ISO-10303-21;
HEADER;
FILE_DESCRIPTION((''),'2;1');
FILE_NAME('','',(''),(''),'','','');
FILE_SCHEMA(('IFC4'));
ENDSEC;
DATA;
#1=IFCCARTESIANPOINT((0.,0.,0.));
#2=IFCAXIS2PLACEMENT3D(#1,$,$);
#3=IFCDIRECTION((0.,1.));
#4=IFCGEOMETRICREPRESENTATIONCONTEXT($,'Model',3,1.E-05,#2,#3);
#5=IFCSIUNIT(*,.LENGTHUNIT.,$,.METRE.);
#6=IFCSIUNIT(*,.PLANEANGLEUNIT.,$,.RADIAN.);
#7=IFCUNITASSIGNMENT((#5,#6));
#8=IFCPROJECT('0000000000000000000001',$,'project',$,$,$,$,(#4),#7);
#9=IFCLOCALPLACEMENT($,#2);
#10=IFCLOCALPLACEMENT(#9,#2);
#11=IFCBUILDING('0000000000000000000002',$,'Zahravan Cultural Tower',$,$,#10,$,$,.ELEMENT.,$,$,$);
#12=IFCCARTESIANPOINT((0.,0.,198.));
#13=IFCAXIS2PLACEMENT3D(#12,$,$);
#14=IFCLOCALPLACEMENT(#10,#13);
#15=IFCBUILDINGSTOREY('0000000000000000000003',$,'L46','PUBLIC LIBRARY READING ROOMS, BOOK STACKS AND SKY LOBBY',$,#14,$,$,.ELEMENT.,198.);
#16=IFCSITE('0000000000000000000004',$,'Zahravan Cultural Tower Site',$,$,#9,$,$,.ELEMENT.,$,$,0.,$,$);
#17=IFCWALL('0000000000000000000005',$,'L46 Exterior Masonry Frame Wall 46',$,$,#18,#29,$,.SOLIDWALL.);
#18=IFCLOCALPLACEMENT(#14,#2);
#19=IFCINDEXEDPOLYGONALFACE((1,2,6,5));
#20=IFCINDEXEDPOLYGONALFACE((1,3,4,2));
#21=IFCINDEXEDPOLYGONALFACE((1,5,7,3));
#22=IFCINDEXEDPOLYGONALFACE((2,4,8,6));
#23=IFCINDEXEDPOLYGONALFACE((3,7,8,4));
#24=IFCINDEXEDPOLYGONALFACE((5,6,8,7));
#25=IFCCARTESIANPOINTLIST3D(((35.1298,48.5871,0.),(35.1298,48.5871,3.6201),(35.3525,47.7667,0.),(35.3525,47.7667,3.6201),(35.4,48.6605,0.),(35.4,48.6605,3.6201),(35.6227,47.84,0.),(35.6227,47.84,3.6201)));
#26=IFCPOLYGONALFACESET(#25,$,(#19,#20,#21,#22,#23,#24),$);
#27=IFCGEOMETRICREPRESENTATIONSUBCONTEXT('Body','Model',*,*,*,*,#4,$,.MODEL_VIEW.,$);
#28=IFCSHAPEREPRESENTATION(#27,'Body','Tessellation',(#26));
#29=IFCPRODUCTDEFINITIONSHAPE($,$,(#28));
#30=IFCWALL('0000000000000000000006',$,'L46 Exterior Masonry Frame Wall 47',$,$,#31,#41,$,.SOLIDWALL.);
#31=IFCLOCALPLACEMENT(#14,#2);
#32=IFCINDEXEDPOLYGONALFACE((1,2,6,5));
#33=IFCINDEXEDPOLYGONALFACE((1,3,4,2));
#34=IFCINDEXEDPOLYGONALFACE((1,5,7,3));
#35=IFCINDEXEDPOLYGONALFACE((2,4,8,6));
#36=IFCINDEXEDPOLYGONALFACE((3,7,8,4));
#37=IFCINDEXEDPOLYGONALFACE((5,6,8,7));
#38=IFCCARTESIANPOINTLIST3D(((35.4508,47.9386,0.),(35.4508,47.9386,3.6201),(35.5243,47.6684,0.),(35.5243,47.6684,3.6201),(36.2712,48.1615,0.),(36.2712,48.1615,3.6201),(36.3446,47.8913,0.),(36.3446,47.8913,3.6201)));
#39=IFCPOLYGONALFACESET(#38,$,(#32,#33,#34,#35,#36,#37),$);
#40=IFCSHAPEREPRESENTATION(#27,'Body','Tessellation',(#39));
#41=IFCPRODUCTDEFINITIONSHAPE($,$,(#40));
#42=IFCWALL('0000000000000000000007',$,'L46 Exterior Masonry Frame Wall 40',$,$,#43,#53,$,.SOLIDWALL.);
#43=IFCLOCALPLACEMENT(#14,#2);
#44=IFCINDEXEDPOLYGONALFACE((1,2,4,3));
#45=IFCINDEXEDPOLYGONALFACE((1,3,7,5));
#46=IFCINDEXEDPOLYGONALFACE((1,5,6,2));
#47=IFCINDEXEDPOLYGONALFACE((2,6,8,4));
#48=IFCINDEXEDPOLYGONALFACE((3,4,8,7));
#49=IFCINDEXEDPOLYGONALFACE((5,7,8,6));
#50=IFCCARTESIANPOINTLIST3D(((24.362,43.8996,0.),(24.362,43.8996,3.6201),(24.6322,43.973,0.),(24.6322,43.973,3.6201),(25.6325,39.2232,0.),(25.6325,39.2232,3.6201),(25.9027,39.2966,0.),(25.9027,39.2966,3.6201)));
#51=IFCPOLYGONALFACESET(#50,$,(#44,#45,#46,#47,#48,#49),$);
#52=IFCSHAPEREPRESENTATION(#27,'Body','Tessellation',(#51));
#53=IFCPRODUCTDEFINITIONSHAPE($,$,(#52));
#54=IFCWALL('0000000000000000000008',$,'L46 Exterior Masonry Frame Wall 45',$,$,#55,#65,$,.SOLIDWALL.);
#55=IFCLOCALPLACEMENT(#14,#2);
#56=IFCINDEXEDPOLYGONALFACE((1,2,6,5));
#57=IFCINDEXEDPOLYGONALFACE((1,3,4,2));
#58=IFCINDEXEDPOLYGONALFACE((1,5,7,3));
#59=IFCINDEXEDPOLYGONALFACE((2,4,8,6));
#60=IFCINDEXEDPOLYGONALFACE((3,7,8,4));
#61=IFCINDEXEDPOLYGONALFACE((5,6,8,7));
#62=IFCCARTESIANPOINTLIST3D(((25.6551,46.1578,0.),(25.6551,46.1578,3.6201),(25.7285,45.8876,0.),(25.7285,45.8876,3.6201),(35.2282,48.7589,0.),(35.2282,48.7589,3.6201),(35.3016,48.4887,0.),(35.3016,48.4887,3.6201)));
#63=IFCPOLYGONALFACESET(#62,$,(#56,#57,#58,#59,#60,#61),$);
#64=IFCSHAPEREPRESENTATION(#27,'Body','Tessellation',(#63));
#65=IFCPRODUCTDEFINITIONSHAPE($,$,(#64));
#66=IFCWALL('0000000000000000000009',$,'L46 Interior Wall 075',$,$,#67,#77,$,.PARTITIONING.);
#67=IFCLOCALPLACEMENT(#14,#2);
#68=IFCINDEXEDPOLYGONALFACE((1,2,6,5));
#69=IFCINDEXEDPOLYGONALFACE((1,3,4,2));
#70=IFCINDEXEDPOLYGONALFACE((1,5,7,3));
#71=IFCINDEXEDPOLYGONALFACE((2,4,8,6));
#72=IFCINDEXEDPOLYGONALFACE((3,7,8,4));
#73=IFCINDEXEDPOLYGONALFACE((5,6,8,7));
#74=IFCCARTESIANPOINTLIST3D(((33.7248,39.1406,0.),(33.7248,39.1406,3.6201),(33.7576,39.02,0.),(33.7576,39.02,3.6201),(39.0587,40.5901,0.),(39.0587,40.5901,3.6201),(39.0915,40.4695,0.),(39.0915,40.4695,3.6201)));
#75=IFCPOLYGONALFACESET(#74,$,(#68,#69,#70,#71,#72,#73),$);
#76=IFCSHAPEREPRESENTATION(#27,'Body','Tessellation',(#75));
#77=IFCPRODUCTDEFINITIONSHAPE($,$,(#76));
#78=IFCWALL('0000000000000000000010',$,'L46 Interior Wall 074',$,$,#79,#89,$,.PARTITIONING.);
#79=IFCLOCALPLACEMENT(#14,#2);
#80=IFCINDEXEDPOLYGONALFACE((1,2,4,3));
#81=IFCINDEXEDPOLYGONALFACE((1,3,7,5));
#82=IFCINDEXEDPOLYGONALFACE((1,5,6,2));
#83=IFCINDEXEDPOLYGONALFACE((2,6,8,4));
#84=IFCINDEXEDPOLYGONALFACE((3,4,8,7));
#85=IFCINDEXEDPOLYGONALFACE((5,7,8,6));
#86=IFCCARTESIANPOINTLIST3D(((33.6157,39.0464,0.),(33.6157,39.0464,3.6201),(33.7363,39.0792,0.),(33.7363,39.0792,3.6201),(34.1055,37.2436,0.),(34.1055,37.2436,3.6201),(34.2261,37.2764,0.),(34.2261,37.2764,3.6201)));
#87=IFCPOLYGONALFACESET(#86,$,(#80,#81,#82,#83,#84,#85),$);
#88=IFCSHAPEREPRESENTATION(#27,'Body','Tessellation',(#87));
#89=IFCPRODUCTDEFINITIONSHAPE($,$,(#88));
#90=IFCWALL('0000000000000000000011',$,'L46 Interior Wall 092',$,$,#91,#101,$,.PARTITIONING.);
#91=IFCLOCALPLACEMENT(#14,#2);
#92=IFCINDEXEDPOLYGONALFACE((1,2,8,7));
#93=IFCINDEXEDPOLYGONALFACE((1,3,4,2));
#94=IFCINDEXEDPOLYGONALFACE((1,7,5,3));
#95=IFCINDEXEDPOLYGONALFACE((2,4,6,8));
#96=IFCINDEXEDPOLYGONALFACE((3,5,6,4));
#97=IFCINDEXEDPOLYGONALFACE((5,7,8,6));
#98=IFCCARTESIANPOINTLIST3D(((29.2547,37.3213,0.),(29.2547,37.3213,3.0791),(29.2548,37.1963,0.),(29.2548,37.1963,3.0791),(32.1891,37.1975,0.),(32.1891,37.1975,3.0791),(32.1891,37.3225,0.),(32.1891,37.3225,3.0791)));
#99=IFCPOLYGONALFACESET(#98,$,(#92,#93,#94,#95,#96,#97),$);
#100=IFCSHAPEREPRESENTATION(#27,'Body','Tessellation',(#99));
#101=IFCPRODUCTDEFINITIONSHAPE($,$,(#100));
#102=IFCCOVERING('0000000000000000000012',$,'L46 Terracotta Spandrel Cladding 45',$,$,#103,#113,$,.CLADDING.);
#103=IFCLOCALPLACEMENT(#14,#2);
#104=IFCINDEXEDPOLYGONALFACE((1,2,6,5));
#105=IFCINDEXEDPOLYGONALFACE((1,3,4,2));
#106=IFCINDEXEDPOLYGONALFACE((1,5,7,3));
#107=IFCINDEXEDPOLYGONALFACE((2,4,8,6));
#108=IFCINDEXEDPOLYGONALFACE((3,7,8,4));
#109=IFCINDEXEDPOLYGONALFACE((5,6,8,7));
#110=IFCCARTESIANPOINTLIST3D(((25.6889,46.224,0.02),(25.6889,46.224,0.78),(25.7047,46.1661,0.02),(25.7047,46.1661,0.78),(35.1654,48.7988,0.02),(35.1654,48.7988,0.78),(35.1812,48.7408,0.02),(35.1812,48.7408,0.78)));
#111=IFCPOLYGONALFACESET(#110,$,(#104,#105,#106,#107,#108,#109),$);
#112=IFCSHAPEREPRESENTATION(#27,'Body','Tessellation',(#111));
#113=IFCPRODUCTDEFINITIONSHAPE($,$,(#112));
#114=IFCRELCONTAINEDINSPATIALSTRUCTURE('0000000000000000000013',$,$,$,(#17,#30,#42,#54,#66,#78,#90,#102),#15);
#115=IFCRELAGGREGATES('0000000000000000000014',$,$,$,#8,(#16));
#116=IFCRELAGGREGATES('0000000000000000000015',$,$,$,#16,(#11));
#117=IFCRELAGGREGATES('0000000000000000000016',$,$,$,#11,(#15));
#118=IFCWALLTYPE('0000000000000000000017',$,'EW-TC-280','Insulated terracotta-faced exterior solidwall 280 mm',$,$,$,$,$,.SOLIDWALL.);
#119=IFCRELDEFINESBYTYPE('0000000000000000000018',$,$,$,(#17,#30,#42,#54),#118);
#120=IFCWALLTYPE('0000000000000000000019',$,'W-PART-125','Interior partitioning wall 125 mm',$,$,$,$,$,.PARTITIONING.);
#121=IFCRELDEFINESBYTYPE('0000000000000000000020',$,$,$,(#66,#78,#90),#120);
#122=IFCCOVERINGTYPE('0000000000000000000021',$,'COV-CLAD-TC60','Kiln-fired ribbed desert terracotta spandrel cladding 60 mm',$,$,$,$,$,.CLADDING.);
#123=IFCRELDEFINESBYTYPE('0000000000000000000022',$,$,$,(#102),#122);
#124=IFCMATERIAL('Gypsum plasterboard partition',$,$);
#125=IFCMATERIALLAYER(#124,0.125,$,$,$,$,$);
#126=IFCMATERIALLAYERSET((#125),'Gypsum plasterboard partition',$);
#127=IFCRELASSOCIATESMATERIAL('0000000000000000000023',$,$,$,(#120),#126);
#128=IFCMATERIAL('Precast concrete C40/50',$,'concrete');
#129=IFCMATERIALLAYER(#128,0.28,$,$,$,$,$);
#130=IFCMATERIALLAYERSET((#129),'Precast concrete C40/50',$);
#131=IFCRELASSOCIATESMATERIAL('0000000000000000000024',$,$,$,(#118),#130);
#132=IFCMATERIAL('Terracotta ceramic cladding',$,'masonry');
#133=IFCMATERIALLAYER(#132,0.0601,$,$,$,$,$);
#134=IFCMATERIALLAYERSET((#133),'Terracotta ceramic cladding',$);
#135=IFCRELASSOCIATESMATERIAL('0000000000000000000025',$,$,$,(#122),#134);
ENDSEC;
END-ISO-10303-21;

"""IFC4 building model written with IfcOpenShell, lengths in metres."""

from ifc_helpers import new_model, si_unit, direction, frame, frame_2d, origin, origin_2d, place, context, subcontext, project, spatial, rectangle, extrude, source, transform, mapped, material, layer, layer_set, type_object, element, save


model = new_model("IFC4")

# Units and contexts
model_context = context("Model", 3, precision=1e-05, world=origin(), true_north=direction((0.0, 1.0)))
body_context = subcontext(model_context, "Body", "Model", "MODEL_VIEW")
ifc_project = project(units=[si_unit("LENGTHUNIT", "METRE"), si_unit("PLANEANGLEUNIT", "RADIAN")], contexts=[model_context])

# Site, building, storey
site_placement = place(None, origin())
site = spatial("IfcSite", under=ifc_project, at=site_placement, Name="Zahravan Cultural Tower Site", CompositionType="ELEMENT", RefElevation=0.0)
building_placement = place(site_placement, origin())
building = spatial("IfcBuilding", under=site, at=building_placement, Name="Zahravan Cultural Tower", CompositionType="ELEMENT")
storey_placement = place(building_placement, frame((0.0, 0.0, 198.0)))
storey = spatial("IfcBuildingStorey", under=building, at=storey_placement, Name="L46", Description="PUBLIC LIBRARY READING ROOMS, BOOK STACKS AND SKY LOBBY", CompositionType="ELEMENT", Elevation=198.0)

# Shared definitions
ifc_material_1 = material(Name="Gypsum plasterboard partition")
ifc_layer_1 = layer(ifc_material_1, 0.125)
ifc_layer_set_1 = layer_set([ifc_layer_1], Name="Gypsum plasterboard partition")
wall_type_1 = type_object("IfcWallType", Name="W-PART-125", Description="Interior partitioning wall 125 mm", PredefinedType="PARTITIONING", material=ifc_layer_set_1)

# Walls
ifc_material_2 = material(Name="Precast concrete C40/50", Category="concrete")
ifc_layer_2 = layer(ifc_material_2, 0.28)
ifc_layer_set_2 = layer_set([ifc_layer_2], Name="Precast concrete C40/50")
wall_type_2 = type_object("IfcWallType", Name="EW-TC-280", Description="Insulated terracotta-faced exterior solidwall 280 mm", PredefinedType="SOLIDWALL", material=ifc_layer_set_2)
shared_shape_1 = source(origin(), body_context, "Body", "SweptSolid", [
    extrude(rectangle(XDim=0.8501, YDim=0.28, at=frame_2d((0.425, 0.0))), origin(), (0.0, 0.0, 1.0), 3.6201),
])
for number, where, z_axis, x_axis, name in (
    (1, (35.2649, 48.6238, 0.0), (0.0, 0.0, 1.0), (0.261951, -0.965081, 0.0), "L46 Exterior Masonry Frame Wall 46"),
    (2, (35.4875, 47.8035, 0.0), (0.0, 0.0, 1.0), (0.965009, 0.262218, 0.0), "L46 Exterior Masonry Frame Wall 47"),
):
    element("IfcWall", number, at=place(storey_placement, frame(where, z_axis=z_axis, x_axis=x_axis)), inside=storey, type_object=wall_type_2, Name=name, PredefinedType="SOLIDWALL", context=body_context, shape_type="MappedRepresentation", body=[
        mapped(shared_shape_1, transform((0.0, 0.0, 0.0), x_axis=(1.0, 0.0, 0.0), y_axis=(0.0, 1.0, 0.0), z_axis=(0.0, 0.0, 1.0), scale=1.0)),
    ])
shared_shape_2 = source(origin(), body_context, "Body", "SweptSolid", [
    extrude(rectangle(XDim=4.8459, YDim=0.28, at=frame_2d((2.4229, 0.0))), origin(), (0.0, 0.0, 1.0), 3.6201),
])
wall_1_placement = place(storey_placement, frame((25.7676, 39.26, 0.0), z_axis=(0.0, 0.0, 1.0), x_axis=(-0.262175, 0.96502, 0.0)))
element("IfcWall", 3, at=wall_1_placement, inside=storey, type_object=wall_type_2, Name="L46 Exterior Masonry Frame Wall 40", PredefinedType="SOLIDWALL", context=body_context, shape_type="MappedRepresentation", body=[
    mapped(shared_shape_2, transform((0.0, 0.0, 0.0), x_axis=(1.0, 0.0, 0.0), y_axis=(0.0, 1.0, 0.0), z_axis=(0.0, 0.0, 1.0), scale=1.0)),
])
shared_shape_3 = source(origin(), body_context, "Body", "SweptSolid", [
    extrude(rectangle(XDim=9.9202, YDim=0.28, at=frame_2d((4.96, 0.0))), origin(), (0.0, 0.0, 1.0), 3.6201),
])
wall_2_placement = place(storey_placement, frame((25.6919, 46.0227, 0.0), z_axis=(0.0, 0.0, 1.0), x_axis=(0.965013, 0.262203, 0.0)))
element("IfcWall", 4, at=wall_2_placement, inside=storey, type_object=wall_type_2, Name="L46 Exterior Masonry Frame Wall 45", PredefinedType="SOLIDWALL", context=body_context, shape_type="MappedRepresentation", body=[
    mapped(shared_shape_3, transform((0.0, 0.0, 0.0), x_axis=(1.0, 0.0, 0.0), y_axis=(0.0, 1.0, 0.0), z_axis=(0.0, 0.0, 1.0), scale=1.0)),
])
shared_shape_4 = source(origin(), body_context, "Body", "SweptSolid", [
    extrude(rectangle(XDim=5.5273, YDim=0.125, at=frame_2d((2.7637, 0.0))), origin(), (0.0, 0.0, 1.0), 3.6201),
])
wall_3_placement = place(storey_placement, frame((33.7412, 39.0803, 0.0), z_axis=(0.0, 0.0, 1.0), x_axis=(0.965005, 0.262232, 0.0)))
element("IfcWall", 5, at=wall_3_placement, inside=storey, type_object=wall_type_1, Name="L46 Interior Wall 075", PredefinedType="PARTITIONING", context=body_context, shape_type="MappedRepresentation", body=[
    mapped(shared_shape_4, transform((0.0, 0.0, 0.0), x_axis=(1.0, 0.0, 0.0), y_axis=(0.0, 1.0, 0.0), z_axis=(0.0, 0.0, 1.0), scale=1.0)),
])
shared_shape_5 = source(origin(), body_context, "Body", "SweptSolid", [
    extrude(rectangle(XDim=1.8682, YDim=0.125, at=frame_2d((0.9341, 0.0))), origin(), (0.0, 0.0, 1.0), 3.6201),
])
wall_4_placement = place(storey_placement, frame((34.1658, 37.26, 0.0), z_axis=(0.0, 0.0, 1.0), x_axis=(-0.262166, 0.965023, 0.0)))
element("IfcWall", 6, at=wall_4_placement, inside=storey, type_object=wall_type_1, Name="L46 Interior Wall 074", PredefinedType="PARTITIONING", context=body_context, shape_type="MappedRepresentation", body=[
    mapped(shared_shape_5, transform((0.0, 0.0, 0.0), x_axis=(1.0, 0.0, 0.0), y_axis=(0.0, 1.0, 0.0), z_axis=(0.0, 0.0, 1.0), scale=1.0)),
])
shared_shape_6 = source(origin(), body_context, "Body", "SweptSolid", [
    extrude(rectangle(XDim=2.9343, YDim=0.125, at=frame_2d((1.4673, 0.0))), origin(), (0.0, 0.0, 1.0), 3.0791),
])
wall_5_placement = place(storey_placement, frame((32.1892, 37.26, 0.0), z_axis=(0.0, 0.0, 1.0), x_axis=(-1.0, -0.000416, 0.0)))
element("IfcWall", 7, at=wall_5_placement, inside=storey, type_object=wall_type_1, Name="L46 Interior Wall 092", PredefinedType="PARTITIONING", context=body_context, shape_type="MappedRepresentation", body=[
    mapped(shared_shape_6, transform((0.0, 0.0, 0.0), x_axis=(1.0, 0.0, 0.0), y_axis=(0.0, 1.0, 0.0), z_axis=(0.0, 0.0, 1.0), scale=1.0)),
])

# Covering
ifc_material_3 = material(Name="Terracotta ceramic cladding", Category="masonry")
ifc_layer_3 = layer(ifc_material_3, 0.0601)
ifc_layer_set_3 = layer_set([ifc_layer_3], Name="Terracotta ceramic cladding")
covering_type = type_object("IfcCoveringType", Name="COV-CLAD-TC60", Description="Kiln-fired ribbed desert terracotta spandrel cladding 60 mm", PredefinedType="CLADDING", material=ifc_layer_set_3)
shared_shape_7 = source(origin(), body_context, "Body", "SweptSolid", [
    extrude(rectangle(XDim=9.8201, YDim=0.0601, at=origin_2d()), origin(), (0.0, 0.0, 1.0), 0.76),
])
covering_placement = place(storey_placement, frame((30.4351, 47.4824, 0.02), z_axis=(0.0, 0.0, 1.0), x_axis=(0.965016, 0.262189, 0.0)))
element("IfcCovering", 8, at=covering_placement, inside=storey, type_object=covering_type, Name="L46 Terracotta Spandrel Cladding 45", PredefinedType="CLADDING", context=body_context, shape_type="MappedRepresentation", body=[
    mapped(shared_shape_7, transform((0.0, 0.0, 0.0), x_axis=(1.0, 0.0, 0.0), y_axis=(0.0, 1.0, 0.0), z_axis=(0.0, 0.0, 1.0), scale=1.0)),
])

save(model, "model.ifc")
